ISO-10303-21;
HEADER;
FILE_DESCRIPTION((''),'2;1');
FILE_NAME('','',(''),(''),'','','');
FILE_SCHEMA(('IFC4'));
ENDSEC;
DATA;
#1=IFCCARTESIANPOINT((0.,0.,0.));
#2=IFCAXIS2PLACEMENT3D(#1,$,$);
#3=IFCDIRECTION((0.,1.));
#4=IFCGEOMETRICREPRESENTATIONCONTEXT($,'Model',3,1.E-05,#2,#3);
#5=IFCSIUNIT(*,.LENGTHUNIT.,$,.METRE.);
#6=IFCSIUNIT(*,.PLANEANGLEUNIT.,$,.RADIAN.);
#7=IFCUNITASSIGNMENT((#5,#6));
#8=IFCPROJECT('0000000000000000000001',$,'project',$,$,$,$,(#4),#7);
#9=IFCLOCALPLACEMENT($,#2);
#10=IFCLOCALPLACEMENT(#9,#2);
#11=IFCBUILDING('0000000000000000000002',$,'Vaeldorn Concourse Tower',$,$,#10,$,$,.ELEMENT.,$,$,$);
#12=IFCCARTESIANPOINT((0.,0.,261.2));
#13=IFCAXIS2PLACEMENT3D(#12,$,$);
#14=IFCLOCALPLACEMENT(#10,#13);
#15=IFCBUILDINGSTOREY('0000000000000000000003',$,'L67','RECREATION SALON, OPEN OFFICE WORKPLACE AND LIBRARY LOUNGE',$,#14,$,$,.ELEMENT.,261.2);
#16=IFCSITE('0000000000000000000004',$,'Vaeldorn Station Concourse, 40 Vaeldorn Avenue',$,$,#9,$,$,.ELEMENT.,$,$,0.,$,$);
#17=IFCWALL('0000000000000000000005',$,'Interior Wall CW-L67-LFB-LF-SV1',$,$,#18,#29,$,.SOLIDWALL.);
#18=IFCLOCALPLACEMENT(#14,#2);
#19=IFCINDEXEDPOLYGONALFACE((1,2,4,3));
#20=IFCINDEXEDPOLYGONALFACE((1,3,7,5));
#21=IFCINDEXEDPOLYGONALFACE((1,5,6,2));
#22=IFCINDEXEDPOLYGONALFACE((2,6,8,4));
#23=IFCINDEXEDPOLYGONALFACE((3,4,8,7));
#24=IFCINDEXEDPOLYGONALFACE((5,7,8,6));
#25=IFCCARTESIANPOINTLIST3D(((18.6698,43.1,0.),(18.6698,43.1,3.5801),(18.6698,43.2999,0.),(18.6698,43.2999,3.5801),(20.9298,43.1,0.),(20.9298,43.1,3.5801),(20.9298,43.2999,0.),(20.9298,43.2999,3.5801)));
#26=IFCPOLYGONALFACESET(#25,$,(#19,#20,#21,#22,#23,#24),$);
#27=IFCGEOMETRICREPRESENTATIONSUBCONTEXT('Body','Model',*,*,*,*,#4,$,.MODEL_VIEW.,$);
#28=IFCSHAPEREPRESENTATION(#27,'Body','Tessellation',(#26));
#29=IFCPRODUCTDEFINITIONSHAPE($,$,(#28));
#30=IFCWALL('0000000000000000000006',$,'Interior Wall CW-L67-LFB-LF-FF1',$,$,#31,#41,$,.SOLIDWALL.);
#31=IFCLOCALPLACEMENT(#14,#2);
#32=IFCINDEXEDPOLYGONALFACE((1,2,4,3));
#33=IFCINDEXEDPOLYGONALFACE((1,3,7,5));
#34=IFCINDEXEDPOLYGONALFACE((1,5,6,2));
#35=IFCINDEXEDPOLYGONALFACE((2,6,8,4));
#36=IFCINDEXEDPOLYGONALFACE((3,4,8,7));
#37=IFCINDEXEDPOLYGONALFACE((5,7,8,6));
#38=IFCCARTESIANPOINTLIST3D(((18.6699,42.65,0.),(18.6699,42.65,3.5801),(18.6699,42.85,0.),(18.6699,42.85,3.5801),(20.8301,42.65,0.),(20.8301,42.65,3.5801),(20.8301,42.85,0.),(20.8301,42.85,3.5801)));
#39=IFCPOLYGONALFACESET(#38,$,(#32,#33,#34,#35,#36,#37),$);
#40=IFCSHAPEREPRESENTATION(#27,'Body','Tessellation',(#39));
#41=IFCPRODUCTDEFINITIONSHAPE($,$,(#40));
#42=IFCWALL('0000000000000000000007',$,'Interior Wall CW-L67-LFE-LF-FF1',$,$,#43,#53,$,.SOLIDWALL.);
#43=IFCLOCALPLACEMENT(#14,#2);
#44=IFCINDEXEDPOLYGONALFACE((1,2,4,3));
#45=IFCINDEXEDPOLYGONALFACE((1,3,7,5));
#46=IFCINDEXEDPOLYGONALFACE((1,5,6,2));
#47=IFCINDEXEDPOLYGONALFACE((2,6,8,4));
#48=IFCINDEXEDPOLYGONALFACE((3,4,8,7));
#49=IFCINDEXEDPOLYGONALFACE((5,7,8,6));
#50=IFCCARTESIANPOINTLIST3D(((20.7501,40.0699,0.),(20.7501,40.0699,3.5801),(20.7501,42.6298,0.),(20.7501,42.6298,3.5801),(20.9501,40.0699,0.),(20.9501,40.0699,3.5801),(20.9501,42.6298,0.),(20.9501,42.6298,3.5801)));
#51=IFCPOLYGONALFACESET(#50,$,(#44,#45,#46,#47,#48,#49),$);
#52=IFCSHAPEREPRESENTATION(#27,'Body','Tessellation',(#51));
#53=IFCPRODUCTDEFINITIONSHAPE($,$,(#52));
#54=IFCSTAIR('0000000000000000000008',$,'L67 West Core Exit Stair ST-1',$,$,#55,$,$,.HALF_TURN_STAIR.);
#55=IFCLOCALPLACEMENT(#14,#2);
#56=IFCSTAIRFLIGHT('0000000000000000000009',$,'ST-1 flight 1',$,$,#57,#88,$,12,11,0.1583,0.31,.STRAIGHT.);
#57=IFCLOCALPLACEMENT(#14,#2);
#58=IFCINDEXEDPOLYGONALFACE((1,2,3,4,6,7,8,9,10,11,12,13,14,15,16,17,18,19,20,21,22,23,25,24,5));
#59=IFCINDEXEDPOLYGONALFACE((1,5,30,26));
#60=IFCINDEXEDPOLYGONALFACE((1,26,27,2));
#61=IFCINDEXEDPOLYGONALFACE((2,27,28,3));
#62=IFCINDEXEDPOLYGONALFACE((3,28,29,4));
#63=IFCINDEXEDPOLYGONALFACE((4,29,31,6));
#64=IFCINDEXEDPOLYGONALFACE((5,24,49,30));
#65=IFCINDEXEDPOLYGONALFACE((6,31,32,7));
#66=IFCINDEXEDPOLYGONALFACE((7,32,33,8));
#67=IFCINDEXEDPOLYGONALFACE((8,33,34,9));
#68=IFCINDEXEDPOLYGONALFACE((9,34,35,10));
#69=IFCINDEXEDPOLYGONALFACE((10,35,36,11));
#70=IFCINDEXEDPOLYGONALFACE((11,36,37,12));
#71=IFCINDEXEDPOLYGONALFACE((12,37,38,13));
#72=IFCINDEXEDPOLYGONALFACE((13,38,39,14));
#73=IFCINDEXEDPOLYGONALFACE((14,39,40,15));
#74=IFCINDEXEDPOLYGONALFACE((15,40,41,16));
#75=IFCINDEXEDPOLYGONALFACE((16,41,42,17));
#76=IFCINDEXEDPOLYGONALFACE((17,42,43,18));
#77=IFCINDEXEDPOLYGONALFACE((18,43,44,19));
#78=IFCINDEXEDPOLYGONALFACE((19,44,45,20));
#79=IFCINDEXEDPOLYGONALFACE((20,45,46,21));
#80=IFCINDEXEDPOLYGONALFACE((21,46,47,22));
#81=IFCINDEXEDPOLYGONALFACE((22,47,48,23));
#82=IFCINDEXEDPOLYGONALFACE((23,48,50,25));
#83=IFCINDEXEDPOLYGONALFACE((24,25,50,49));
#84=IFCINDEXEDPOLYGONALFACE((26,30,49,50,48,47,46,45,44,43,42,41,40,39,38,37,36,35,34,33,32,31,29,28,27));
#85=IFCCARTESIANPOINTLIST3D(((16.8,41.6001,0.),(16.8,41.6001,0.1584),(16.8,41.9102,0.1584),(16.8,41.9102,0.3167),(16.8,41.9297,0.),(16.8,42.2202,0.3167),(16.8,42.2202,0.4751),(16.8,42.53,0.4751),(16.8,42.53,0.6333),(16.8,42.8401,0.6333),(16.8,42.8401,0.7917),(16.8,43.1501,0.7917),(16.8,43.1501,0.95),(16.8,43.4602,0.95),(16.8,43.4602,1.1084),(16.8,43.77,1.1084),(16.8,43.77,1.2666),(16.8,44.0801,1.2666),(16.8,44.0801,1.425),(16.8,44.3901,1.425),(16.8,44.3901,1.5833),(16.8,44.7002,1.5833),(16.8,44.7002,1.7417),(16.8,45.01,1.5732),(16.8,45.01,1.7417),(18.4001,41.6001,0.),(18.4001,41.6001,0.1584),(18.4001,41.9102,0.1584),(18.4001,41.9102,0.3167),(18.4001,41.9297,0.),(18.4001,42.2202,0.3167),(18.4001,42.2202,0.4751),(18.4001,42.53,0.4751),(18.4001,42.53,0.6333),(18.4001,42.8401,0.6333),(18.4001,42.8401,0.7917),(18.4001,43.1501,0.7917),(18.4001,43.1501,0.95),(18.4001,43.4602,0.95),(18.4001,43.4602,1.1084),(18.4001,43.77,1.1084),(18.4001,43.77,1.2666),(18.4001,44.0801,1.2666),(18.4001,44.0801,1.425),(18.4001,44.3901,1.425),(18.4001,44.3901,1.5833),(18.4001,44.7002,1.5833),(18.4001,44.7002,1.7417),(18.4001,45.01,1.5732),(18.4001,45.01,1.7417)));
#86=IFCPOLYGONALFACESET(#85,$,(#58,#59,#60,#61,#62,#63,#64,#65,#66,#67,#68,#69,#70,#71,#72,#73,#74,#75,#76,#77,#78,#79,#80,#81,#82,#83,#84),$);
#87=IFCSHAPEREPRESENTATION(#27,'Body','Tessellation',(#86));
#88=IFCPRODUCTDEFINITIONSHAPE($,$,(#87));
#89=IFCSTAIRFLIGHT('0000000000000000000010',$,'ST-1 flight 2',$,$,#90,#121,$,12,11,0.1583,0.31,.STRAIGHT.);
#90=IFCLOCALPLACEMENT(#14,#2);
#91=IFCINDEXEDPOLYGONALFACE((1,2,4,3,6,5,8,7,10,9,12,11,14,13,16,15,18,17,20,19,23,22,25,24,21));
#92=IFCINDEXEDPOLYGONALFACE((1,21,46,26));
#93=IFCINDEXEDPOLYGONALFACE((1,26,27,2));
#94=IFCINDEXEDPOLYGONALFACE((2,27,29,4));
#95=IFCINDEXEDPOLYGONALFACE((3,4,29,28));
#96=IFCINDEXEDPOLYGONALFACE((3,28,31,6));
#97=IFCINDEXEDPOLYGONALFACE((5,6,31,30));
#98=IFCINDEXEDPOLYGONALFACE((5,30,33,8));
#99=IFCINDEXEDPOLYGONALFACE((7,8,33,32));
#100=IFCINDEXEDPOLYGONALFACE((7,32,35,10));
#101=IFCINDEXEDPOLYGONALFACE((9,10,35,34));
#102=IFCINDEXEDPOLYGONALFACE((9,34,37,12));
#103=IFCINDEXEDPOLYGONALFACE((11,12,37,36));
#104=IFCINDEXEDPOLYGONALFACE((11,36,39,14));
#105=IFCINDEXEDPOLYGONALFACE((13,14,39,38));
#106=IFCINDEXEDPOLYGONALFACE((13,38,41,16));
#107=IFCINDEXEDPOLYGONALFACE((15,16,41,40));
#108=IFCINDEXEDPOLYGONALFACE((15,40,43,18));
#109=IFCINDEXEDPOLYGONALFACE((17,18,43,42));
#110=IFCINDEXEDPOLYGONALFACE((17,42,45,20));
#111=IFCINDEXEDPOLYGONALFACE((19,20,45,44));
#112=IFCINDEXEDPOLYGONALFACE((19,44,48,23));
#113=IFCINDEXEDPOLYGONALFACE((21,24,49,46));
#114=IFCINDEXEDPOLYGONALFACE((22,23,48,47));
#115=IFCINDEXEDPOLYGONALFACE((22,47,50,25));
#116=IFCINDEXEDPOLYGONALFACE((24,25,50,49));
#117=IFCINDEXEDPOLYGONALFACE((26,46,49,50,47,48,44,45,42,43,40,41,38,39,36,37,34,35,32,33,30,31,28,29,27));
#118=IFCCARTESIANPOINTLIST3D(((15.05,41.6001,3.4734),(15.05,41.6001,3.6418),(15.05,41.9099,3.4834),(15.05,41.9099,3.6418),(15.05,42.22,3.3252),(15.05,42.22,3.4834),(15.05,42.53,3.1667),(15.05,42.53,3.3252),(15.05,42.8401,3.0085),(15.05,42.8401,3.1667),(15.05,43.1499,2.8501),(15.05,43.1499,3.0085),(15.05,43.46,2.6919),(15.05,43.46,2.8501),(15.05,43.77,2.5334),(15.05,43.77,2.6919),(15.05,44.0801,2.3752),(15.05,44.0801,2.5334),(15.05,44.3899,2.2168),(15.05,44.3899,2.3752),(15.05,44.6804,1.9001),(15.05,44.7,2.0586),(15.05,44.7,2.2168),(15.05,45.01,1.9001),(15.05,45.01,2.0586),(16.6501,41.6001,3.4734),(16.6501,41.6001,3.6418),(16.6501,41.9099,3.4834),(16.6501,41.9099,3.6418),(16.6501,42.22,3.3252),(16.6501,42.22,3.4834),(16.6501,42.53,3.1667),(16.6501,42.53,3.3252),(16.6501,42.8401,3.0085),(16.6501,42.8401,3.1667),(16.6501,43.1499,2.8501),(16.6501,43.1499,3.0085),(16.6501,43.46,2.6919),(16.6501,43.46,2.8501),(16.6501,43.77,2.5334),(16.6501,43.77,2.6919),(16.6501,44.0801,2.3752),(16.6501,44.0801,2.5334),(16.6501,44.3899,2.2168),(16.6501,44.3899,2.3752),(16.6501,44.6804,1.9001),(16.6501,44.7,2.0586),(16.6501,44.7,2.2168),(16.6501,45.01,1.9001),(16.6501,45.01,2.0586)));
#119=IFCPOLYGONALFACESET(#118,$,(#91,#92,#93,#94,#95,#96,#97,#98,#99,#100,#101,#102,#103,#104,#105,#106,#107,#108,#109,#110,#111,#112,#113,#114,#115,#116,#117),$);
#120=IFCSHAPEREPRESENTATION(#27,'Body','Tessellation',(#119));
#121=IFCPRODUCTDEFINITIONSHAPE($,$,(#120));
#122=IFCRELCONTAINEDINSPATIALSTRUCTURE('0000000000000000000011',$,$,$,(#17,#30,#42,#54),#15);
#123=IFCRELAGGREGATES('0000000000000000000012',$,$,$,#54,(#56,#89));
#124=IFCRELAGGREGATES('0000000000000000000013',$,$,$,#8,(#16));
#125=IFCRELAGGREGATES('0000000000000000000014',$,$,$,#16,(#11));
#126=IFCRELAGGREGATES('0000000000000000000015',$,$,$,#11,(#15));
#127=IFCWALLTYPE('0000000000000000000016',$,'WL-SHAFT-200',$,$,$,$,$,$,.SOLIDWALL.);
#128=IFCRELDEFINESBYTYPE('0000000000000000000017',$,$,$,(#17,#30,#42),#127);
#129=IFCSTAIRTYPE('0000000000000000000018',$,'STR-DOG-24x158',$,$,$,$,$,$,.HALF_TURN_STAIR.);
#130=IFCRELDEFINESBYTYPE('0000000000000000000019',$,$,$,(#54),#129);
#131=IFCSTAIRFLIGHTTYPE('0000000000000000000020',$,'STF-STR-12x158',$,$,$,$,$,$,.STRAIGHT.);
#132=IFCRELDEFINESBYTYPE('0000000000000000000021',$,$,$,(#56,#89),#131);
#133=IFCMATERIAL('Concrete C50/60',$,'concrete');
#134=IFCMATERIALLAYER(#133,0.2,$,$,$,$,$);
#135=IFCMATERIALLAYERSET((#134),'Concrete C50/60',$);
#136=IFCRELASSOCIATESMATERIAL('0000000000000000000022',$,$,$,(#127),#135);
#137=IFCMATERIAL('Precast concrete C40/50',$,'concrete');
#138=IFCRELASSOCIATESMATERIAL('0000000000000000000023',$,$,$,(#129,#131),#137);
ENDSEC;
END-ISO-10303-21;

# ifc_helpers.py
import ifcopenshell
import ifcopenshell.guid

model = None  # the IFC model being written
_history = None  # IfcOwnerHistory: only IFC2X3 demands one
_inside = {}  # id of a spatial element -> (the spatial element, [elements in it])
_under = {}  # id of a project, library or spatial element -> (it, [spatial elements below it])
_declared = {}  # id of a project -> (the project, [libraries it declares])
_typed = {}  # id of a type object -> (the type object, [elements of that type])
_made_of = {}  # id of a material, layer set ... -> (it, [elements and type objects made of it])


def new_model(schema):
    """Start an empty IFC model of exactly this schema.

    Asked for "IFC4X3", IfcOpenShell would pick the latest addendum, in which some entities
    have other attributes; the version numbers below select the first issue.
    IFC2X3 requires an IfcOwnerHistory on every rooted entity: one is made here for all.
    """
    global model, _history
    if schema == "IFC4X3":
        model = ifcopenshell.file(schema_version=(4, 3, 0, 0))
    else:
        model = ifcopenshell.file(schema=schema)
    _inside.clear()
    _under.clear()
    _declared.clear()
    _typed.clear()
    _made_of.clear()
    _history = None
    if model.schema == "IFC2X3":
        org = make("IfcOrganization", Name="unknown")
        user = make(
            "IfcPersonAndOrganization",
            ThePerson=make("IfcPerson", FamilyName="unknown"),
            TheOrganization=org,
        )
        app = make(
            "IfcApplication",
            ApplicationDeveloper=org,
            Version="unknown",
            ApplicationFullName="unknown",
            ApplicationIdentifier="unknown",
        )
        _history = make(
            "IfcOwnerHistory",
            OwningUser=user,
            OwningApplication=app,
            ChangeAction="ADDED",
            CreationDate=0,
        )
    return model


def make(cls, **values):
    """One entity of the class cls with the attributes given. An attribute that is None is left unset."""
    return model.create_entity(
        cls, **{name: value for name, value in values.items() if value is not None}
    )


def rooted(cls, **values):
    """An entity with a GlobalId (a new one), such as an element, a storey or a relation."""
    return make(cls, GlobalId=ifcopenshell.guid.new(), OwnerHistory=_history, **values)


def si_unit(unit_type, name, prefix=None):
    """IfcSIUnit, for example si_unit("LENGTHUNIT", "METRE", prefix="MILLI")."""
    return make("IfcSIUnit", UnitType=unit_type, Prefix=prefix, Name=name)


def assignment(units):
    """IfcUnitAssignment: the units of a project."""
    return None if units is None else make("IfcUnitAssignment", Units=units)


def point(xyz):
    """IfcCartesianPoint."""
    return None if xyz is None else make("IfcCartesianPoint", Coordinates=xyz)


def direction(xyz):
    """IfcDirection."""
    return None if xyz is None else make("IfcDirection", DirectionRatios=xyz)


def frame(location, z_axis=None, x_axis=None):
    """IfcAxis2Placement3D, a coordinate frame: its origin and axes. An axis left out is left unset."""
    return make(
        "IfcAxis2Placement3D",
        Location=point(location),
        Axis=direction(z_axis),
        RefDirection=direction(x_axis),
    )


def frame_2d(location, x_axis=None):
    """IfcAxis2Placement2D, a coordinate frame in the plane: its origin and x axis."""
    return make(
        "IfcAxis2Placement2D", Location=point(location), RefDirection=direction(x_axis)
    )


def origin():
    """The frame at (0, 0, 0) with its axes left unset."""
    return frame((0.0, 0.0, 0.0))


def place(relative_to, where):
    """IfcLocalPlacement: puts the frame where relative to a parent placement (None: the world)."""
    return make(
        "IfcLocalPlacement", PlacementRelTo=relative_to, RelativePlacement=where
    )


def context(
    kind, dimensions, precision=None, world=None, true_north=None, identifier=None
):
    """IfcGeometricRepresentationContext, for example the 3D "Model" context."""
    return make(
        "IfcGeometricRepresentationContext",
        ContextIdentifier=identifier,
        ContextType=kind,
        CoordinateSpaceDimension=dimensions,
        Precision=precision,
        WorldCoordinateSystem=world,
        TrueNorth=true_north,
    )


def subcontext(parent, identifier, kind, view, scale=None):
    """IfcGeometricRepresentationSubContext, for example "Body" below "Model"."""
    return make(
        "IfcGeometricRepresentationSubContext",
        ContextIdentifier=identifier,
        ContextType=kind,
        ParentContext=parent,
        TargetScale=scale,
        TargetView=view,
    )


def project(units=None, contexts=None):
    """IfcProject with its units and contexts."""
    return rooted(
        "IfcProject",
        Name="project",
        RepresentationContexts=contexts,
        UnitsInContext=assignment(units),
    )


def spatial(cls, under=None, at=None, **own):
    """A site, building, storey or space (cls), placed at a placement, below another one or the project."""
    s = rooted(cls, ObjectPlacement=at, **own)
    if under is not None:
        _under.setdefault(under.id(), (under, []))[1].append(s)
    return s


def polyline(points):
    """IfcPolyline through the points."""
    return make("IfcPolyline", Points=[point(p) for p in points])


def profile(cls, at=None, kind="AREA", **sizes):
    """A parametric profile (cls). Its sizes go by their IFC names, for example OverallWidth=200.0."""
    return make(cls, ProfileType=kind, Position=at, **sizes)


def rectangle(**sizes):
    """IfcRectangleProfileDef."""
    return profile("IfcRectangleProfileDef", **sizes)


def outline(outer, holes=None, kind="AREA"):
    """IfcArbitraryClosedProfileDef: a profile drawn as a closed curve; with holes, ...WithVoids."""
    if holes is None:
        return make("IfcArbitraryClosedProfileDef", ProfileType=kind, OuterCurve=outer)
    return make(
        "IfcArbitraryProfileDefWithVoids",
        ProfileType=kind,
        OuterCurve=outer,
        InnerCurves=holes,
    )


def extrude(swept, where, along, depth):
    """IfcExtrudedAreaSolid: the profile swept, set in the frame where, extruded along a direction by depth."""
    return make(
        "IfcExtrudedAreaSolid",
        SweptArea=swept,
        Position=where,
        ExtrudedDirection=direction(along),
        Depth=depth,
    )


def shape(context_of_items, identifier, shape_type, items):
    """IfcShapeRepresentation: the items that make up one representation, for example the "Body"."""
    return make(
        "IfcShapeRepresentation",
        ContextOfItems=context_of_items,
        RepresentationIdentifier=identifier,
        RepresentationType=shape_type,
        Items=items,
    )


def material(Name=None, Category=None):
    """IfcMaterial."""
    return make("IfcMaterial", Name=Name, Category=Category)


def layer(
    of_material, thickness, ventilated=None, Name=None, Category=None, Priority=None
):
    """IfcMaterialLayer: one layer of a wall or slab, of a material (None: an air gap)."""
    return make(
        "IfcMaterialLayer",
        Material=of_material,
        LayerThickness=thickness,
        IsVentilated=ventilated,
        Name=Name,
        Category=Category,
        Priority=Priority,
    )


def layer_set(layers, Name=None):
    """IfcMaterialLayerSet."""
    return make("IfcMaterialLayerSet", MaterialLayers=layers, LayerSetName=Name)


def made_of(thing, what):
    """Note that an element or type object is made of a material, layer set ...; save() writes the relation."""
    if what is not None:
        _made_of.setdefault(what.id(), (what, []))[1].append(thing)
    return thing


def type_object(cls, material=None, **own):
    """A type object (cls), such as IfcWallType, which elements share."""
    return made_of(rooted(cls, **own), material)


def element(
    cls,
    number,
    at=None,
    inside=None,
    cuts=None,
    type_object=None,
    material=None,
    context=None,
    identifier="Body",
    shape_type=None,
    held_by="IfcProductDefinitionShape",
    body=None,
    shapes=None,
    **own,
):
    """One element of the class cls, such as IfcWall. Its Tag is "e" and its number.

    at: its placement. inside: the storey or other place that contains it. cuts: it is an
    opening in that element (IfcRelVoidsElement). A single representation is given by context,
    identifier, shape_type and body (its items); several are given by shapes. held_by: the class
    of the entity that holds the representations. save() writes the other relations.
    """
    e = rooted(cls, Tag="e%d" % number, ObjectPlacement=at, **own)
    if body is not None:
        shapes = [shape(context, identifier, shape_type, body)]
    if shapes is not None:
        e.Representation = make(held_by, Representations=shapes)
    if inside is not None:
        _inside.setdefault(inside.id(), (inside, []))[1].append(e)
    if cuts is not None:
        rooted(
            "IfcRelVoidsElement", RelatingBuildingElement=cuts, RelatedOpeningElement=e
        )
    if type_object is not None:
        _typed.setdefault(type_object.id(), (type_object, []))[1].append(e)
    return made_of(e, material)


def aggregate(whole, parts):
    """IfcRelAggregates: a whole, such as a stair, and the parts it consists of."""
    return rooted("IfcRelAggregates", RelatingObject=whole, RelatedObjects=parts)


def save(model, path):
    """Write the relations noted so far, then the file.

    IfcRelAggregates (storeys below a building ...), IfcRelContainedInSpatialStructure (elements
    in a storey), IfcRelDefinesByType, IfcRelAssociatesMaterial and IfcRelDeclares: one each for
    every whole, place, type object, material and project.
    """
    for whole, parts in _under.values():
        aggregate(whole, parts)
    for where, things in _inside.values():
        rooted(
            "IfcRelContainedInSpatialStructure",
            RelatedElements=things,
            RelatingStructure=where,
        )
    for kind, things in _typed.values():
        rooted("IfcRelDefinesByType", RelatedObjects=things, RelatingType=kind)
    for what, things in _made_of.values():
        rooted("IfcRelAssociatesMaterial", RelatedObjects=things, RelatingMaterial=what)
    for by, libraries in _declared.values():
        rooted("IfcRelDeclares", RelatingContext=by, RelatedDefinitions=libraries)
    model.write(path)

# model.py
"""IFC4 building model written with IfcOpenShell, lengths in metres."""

from ifc_helpers import new_model, si_unit, direction, frame, frame_2d, origin, place, context, subcontext, project, spatial, polyline, rectangle, outline, extrude, material, layer, layer_set, type_object, element, aggregate, save


model = new_model("IFC4")

# Units and contexts
model_context = context("Model", 3, precision=1e-05, world=origin(), true_north=direction((0.0, 1.0)))
body_context = subcontext(model_context, "Body", "Model", "MODEL_VIEW")
ifc_project = project(units=[si_unit("LENGTHUNIT", "METRE"), si_unit("PLANEANGLEUNIT", "RADIAN")], contexts=[model_context])

# Site, building, storey
site_placement = place(None, origin())
site = spatial("IfcSite", under=ifc_project, at=site_placement, Name="Vaeldorn Station Concourse, 40 Vaeldorn Avenue", CompositionType="ELEMENT", RefElevation=0.0)
building_placement = place(site_placement, origin())
building = spatial("IfcBuilding", under=site, at=building_placement, Name="Vaeldorn Concourse Tower", CompositionType="ELEMENT")
storey_placement = place(building_placement, frame((0.0, 0.0, 261.2)))
storey = spatial("IfcBuildingStorey", under=building, at=storey_placement, Name="L67", Description="RECREATION SALON, OPEN OFFICE WORKPLACE AND LIBRARY LOUNGE", CompositionType="ELEMENT", Elevation=261.2)

# Shared definitions
ifc_material_1 = material(Name="Concrete C50/60", Category="concrete")

# Shared definitions
ifc_layer_1 = layer(ifc_material_1, 0.2)
ifc_layer_set_1 = layer_set([ifc_layer_1], Name="Concrete C50/60")
wall_type_1 = type_object("IfcWallType", Name="WL-SHAFT-200", PredefinedType="SOLIDWALL", material=ifc_layer_set_1)

# Walls
wall_1_placement = place(storey_placement, frame((18.6699, 43.2, 0.0), z_axis=(0.0, 0.0, 1.0), x_axis=(1.0, 0.0, 0.0)))
element("IfcWall", 1, at=wall_1_placement, inside=storey, type_object=wall_type_1, Name="Interior Wall CW-L67-LFB-LF-SV1", PredefinedType="SOLIDWALL", context=body_context, shape_type="SweptSolid", body=[
    extrude(rectangle(XDim=2.26, YDim=0.2, at=frame_2d((1.1299, 0.0))), origin(), (0.0, 0.0, 1.0), 3.5801),
])
wall_2_placement = place(storey_placement, frame((18.6699, 42.75, 0.0), z_axis=(0.0, 0.0, 1.0), x_axis=(1.0, 0.0, 0.0)))
element("IfcWall", 2, at=wall_2_placement, inside=storey, type_object=wall_type_1, Name="Interior Wall CW-L67-LFB-LF-FF1", PredefinedType="SOLIDWALL", context=body_context, shape_type="SweptSolid", body=[
    extrude(rectangle(XDim=2.1602, YDim=0.2, at=frame_2d((1.0801, 0.0))), origin(), (0.0, 0.0, 1.0), 3.5801),
])
wall_3_placement = place(storey_placement, frame((20.8501, 40.0701, 0.0), z_axis=(0.0, 0.0, 1.0), x_axis=(0.0, 1.0, 0.0)))
element("IfcWall", 3, at=wall_3_placement, inside=storey, type_object=wall_type_1, Name="Interior Wall CW-L67-LFE-LF-FF1", PredefinedType="SOLIDWALL", context=body_context, shape_type="SweptSolid", body=[
    extrude(rectangle(XDim=2.5598, YDim=0.2, at=frame_2d((1.2798, 0.0))), origin(), (0.0, 0.0, 1.0), 3.5801),
])

# Stair, stair flights
ifc_material_2 = material(Name="Precast concrete C40/50", Category="concrete")
stair_type = type_object("IfcStairType", Name="STR-DOG-24x158", PredefinedType="HALF_TURN_STAIR", material=ifc_material_2)
stair_placement = place(storey_placement, origin())
stair = element("IfcStair", 4, at=stair_placement, inside=storey, type_object=stair_type, Name="L67 West Core Exit Stair ST-1", PredefinedType="HALF_TURN_STAIR")
stair_flight_type = type_object("IfcStairFlightType", Name="STF-STR-12x158", PredefinedType="STRAIGHT", material=ifc_material_2)
stair_flight_1_placement = place(storey_placement, frame((17.6001, 41.6001, 0.0), z_axis=(0.0, 0.0, 1.0), x_axis=(0.0, 1.0, 0.0)))
stair_flight_1 = element("IfcStairFlight", 5, at=stair_flight_1_placement, type_object=stair_flight_type, Name="ST-1 flight 1", NumberOfRisers=12, NumberOfTreads=11, PredefinedType="STRAIGHT", RiserHeight=0.1583, TreadLength=0.31, context=body_context, shape_type="SweptSolid", body=[
    extrude(outline(polyline([(0.0, 0.0), (0.0, 0.1584), (0.3101, 0.1584), (0.3101, 0.3167), (0.6201, 0.3167), (0.6201, 0.4751), (0.9299, 0.4751), (0.9299, 0.6333), (1.24, 0.6333), (1.24, 0.7917), (1.55, 0.7917), (1.55, 0.95), (1.8601, 0.95), (1.8601, 1.1084), (2.1699, 1.1084), (2.1699, 1.2666), (2.48, 1.2666), (2.48, 1.425), (2.79, 1.425), (2.79, 1.5833), (3.1001, 1.5833), (3.1001, 1.7417), (3.4099, 1.7417), (3.4099, 1.8999), (3.4099, 1.5732), (0.3296, 0.0), (0.0, 0.0)])), frame((0.0, 0.8, 0.0), z_axis=(0.0, -1.0, 0.0), x_axis=(1.0, 0.0, 0.0)), (0.0, 0.0, 1.0), 1.6001),
])
stair_flight_2_placement = place(storey_placement, frame((15.8501, 45.01, 1.9001), z_axis=(0.0, 0.0, 1.0), x_axis=(0.0, -1.0, 0.0)))
stair_flight_2 = element("IfcStairFlight", 6, at=stair_flight_2_placement, type_object=stair_flight_type, Name="ST-1 flight 2", NumberOfRisers=12, NumberOfTreads=11, PredefinedType="STRAIGHT", RiserHeight=0.1583, TreadLength=0.31, context=body_context, shape_type="SweptSolid", body=[
    extrude(outline(polyline([(0.0, 0.0), (0.0, 0.1584), (0.3101, 0.1584), (0.3101, 0.3167), (0.6201, 0.3167), (0.6201, 0.4751), (0.9299, 0.4751), (0.9299, 0.6333), (1.24, 0.6333), (1.24, 0.7917), (1.55, 0.7917), (1.55, 0.95), (1.8601, 0.95), (1.8601, 1.1084), (2.1699, 1.1084), (2.1699, 1.2666), (2.48, 1.2666), (2.48, 1.425), (2.79, 1.425), (2.79, 1.5833), (3.1001, 1.5833), (3.1001, 1.7417), (3.4099, 1.7417), (3.4099, 1.8999), (3.4099, 1.5732), (0.3296, 0.0), (0.0, 0.0)])), frame((0.0, 0.8, 0.0), z_axis=(0.0, -1.0, 0.0), x_axis=(1.0, 0.0, 0.0)), (0.0, 0.0, 1.0), 1.6001),
])
aggregate(stair, [stair_flight_1, stair_flight_2])

save(model, "model.ifc")
